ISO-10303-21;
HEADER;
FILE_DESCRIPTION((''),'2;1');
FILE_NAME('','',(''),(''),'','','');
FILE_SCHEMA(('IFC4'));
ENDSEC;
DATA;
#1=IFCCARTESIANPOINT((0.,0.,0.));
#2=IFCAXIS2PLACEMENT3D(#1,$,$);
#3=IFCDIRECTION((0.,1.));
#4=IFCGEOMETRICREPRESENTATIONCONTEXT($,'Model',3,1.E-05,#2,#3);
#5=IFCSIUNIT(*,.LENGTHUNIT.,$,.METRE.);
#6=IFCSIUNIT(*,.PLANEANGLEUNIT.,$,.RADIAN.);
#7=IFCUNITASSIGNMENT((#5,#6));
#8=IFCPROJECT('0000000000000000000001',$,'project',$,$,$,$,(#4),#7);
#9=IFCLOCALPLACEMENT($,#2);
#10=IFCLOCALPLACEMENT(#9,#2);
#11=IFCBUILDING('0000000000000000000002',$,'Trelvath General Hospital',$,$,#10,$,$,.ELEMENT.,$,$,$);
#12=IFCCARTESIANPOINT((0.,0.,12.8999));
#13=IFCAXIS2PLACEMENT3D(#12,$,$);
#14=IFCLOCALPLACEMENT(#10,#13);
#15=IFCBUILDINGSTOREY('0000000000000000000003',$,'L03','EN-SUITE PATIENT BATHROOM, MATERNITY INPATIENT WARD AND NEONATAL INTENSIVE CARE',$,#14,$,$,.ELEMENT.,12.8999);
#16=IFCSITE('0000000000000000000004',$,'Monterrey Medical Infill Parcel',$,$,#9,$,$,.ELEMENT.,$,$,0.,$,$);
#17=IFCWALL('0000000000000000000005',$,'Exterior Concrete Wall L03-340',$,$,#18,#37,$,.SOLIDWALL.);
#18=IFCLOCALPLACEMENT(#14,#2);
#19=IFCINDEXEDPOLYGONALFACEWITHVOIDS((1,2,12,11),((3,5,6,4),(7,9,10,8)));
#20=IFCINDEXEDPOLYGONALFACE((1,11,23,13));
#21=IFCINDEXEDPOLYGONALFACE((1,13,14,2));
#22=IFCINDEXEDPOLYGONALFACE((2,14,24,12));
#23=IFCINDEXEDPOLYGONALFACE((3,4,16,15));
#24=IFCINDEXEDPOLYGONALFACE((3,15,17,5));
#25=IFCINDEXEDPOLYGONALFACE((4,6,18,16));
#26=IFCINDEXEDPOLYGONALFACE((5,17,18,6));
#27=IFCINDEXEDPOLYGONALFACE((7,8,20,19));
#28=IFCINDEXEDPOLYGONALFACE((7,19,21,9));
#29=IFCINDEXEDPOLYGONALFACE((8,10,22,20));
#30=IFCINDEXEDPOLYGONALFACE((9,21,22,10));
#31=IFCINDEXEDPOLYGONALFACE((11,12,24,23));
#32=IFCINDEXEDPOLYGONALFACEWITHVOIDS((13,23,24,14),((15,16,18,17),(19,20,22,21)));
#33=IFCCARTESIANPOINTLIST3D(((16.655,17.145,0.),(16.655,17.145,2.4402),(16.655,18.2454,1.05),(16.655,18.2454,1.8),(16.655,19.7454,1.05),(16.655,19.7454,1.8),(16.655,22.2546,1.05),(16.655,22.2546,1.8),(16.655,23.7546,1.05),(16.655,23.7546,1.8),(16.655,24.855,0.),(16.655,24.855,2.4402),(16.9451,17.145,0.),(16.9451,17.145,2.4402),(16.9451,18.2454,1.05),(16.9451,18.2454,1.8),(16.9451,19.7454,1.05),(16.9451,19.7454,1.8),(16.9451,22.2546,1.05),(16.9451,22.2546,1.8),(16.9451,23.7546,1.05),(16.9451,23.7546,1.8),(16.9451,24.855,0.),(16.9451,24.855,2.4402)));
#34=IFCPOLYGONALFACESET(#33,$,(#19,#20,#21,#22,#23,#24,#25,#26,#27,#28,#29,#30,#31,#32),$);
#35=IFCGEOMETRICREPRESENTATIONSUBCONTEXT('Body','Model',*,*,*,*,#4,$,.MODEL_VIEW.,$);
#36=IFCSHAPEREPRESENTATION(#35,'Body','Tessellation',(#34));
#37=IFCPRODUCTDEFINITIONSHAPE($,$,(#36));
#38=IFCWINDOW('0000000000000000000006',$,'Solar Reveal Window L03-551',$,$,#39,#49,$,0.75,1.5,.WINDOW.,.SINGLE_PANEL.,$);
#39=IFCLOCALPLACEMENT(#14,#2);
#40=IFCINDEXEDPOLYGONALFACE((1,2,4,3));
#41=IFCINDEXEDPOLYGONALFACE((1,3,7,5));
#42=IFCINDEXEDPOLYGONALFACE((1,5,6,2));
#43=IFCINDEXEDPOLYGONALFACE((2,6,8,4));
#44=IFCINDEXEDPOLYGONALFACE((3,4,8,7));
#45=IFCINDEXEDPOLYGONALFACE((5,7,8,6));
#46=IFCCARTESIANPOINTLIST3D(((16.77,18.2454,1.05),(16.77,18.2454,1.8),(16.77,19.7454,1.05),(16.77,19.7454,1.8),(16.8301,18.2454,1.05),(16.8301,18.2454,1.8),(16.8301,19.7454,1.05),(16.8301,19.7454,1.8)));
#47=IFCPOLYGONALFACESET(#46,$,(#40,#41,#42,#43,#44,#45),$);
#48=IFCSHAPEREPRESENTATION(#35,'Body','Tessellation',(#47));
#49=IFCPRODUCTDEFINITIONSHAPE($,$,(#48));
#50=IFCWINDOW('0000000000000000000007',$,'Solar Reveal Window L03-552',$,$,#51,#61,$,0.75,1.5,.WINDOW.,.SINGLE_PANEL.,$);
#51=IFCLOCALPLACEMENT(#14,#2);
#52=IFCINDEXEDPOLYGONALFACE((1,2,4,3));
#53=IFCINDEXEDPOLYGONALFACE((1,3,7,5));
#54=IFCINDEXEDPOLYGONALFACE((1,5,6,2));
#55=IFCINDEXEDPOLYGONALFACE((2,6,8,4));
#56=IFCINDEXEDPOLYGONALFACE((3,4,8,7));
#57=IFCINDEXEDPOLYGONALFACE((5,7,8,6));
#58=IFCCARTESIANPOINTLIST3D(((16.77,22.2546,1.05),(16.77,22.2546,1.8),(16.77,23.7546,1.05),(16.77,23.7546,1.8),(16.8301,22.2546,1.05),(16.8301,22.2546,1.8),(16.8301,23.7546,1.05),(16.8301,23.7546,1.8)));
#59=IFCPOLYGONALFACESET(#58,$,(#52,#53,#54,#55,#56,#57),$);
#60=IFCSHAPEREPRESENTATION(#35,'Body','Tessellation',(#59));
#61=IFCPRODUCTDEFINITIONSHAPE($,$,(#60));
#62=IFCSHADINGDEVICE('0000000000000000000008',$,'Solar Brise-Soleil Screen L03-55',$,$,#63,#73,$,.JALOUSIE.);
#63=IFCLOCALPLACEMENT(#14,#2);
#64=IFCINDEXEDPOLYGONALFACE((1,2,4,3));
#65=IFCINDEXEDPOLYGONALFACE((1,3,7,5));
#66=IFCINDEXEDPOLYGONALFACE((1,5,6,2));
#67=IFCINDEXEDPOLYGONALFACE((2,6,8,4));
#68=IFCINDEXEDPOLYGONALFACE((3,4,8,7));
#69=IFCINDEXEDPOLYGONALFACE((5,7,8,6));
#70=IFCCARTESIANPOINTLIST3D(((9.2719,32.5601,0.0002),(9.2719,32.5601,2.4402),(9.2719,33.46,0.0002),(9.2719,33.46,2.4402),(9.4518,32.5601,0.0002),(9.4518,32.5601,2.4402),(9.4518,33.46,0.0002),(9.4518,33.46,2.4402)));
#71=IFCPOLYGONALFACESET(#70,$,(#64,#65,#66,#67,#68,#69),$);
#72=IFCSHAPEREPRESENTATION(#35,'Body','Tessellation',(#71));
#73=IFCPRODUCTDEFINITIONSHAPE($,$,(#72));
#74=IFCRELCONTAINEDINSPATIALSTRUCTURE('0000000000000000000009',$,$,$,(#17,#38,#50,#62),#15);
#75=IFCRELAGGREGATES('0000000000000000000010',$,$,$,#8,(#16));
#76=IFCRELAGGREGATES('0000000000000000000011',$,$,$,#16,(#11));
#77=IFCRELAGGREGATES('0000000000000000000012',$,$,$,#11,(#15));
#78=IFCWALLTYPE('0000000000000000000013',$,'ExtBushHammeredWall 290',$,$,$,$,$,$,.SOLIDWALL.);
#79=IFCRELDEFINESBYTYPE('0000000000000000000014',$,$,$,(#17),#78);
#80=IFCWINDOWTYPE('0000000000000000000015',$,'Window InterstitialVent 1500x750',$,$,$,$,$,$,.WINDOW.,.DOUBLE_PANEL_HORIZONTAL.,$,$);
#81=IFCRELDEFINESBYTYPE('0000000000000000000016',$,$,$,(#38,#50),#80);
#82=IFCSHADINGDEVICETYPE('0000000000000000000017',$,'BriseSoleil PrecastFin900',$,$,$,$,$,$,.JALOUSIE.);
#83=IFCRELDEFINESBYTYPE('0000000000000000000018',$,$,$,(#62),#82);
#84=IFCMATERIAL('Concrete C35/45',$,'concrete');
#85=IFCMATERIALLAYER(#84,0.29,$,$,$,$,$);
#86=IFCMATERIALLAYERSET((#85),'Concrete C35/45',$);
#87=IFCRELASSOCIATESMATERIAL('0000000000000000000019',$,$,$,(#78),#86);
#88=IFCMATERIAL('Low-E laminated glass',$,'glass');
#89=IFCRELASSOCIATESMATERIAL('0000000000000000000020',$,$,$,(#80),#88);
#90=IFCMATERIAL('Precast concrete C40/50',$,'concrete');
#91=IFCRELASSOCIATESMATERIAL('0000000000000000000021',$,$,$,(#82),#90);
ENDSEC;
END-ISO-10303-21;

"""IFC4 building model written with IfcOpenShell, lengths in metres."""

from ifc_helpers import new_model, si_unit, direction, frame, frame_2d, origin, origin_2d, place, context, subcontext, project, spatial, rectangle, extrude, material, layer, layer_set, type_object, element, fill, save


model = new_model("IFC4")

# Units and contexts
model_context = context("Model", 3, precision=1e-05, world=origin(), true_north=direction((0.0, 1.0)))
body_context = subcontext(model_context, "Body", "Model", "MODEL_VIEW")
ifc_project = project(units=[si_unit("LENGTHUNIT", "METRE"), si_unit("PLANEANGLEUNIT", "RADIAN")], contexts=[model_context])

# Site, building, storey
site_placement = place(None, origin())
site = spatial("IfcSite", under=ifc_project, at=site_placement, Name="Monterrey Medical Infill Parcel", CompositionType="ELEMENT", RefElevation=0.0)
building_placement = place(site_placement, origin())
building = spatial("IfcBuilding", under=site, at=building_placement, Name="Trelvath General Hospital", CompositionType="ELEMENT")
storey_placement = place(building_placement, frame((0.0, 0.0, 12.8999)))
storey = spatial("IfcBuildingStorey", under=building, at=storey_placement, Name="L03", Description="EN-SUITE PATIENT BATHROOM, MATERNITY INPATIENT WARD AND NEONATAL INTENSIVE CARE", CompositionType="ELEMENT", Elevation=12.8999)

# Wall, openings, windows
ifc_material_1 = material(Name="Concrete C35/45", Category="concrete")
ifc_layer_1 = layer(ifc_material_1, 0.29)
ifc_layer_set_1 = layer_set([ifc_layer_1], Name="Concrete C35/45")
wall_type_1 = type_object("IfcWallType", Name="ExtBushHammeredWall 290", PredefinedType="SOLIDWALL", material=ifc_layer_set_1)
ifc_material_2 = material(Name="Low-E laminated glass", Category="glass")
window_type_1 = type_object("IfcWindowType", Name="Window InterstitialVent 1500x750", PartitioningType="DOUBLE_PANEL_HORIZONTAL", PredefinedType="WINDOW", material=ifc_material_2)
wall_1_placement = place(storey_placement, frame((16.8, 17.145, 0.0), z_axis=(0.0, 0.0, 1.0), x_axis=(0.0, 1.0, 0.0)))
wall_1 = element("IfcWall", 1, at=wall_1_placement, inside=storey, type_object=wall_type_1, Name="Exterior Concrete Wall L03-340", PredefinedType="SOLIDWALL", context=body_context, shape_type="SweptSolid", body=[
    extrude(rectangle(XDim=7.71, YDim=0.29, at=frame_2d((3.855, 0.0))), origin(), (0.0, 0.0, 1.0), 2.4402),
])
opening_1_placement = place(wall_1_placement, frame((1.1003, 0.0, 1.05)))
opening_1 = element("IfcOpeningElement", 2, at=opening_1_placement, cuts=wall_1, PredefinedType="OPENING", context=body_context, shape_type="SweptSolid", body=[
    extrude(rectangle(XDim=1.5, YDim=0.75, at=frame_2d((0.75, 0.375))), frame((0.0, 0.155, 0.0), z_axis=(0.0, -1.0, 0.0), x_axis=(1.0, 0.0, 0.0)), (0.0, 0.0, 1.0), 0.3101),
])
opening_2_placement = place(wall_1_placement, frame((5.1096, 0.0, 1.05)))
opening_2 = element("IfcOpeningElement", 3, at=opening_2_placement, cuts=wall_1, PredefinedType="OPENING", context=body_context, shape_type="SweptSolid", body=[
    extrude(rectangle(XDim=1.5, YDim=0.75, at=frame_2d((0.75, 0.375))), frame((0.0, 0.155, 0.0), z_axis=(0.0, -1.0, 0.0), x_axis=(1.0, 0.0, 0.0)), (0.0, 0.0, 1.0), 0.3101),
])
window_1_placement = place(opening_1_placement, origin())
window_1 = element("IfcWindow", 4, at=window_1_placement, inside=storey, type_object=window_type_1, Name="Solar Reveal Window L03-551", OverallHeight=0.75, OverallWidth=1.5, PartitioningType="SINGLE_PANEL", PredefinedType="WINDOW", context=body_context, shape_type="SweptSolid", body=[
    extrude(rectangle(XDim=1.5, YDim=0.75, at=frame_2d((0.75, 0.375))), frame((0.0, 0.03, 0.0), z_axis=(0.0, -1.0, 0.0), x_axis=(1.0, 0.0, 0.0)), (0.0, 0.0, 1.0), 0.0601),
])
fill(opening_1, window_1)
window_2_placement = place(opening_2_placement, origin())
window_2 = element("IfcWindow", 5, at=window_2_placement, inside=storey, type_object=window_type_1, Name="Solar Reveal Window L03-552", OverallHeight=0.75, OverallWidth=1.5, PartitioningType="SINGLE_PANEL", PredefinedType="WINDOW", context=body_context, shape_type="SweptSolid", body=[
    extrude(rectangle(XDim=1.5, YDim=0.75, at=frame_2d((0.75, 0.375))), frame((0.0, 0.03, 0.0), z_axis=(0.0, -1.0, 0.0), x_axis=(1.0, 0.0, 0.0)), (0.0, 0.0, 1.0), 0.0601),
])
fill(opening_2, window_2)

# Shading device
ifc_material_3 = material(Name="Precast concrete C40/50", Category="concrete")
shading_device_type = type_object("IfcShadingDeviceType", Name="BriseSoleil PrecastFin900", PredefinedType="JALOUSIE", material=ifc_material_3)
shading_device_placement = place(storey_placement, frame((9.3618, 33.01, 0.0002), z_axis=(0.0, 0.0, 1.0), x_axis=(0.0, -1.0, 0.0)))
element("IfcShadingDevice", 6, at=shading_device_placement, inside=storey, type_object=shading_device_type, Name="Solar Brise-Soleil Screen L03-55", PredefinedType="JALOUSIE", context=body_context, shape_type="SweptSolid", body=[
    extrude(rectangle(XDim=0.8999, YDim=0.1799, at=origin_2d()), origin(), (0.0, 0.0, 1.0), 2.4399),
])

save(model, "model.ifc")
